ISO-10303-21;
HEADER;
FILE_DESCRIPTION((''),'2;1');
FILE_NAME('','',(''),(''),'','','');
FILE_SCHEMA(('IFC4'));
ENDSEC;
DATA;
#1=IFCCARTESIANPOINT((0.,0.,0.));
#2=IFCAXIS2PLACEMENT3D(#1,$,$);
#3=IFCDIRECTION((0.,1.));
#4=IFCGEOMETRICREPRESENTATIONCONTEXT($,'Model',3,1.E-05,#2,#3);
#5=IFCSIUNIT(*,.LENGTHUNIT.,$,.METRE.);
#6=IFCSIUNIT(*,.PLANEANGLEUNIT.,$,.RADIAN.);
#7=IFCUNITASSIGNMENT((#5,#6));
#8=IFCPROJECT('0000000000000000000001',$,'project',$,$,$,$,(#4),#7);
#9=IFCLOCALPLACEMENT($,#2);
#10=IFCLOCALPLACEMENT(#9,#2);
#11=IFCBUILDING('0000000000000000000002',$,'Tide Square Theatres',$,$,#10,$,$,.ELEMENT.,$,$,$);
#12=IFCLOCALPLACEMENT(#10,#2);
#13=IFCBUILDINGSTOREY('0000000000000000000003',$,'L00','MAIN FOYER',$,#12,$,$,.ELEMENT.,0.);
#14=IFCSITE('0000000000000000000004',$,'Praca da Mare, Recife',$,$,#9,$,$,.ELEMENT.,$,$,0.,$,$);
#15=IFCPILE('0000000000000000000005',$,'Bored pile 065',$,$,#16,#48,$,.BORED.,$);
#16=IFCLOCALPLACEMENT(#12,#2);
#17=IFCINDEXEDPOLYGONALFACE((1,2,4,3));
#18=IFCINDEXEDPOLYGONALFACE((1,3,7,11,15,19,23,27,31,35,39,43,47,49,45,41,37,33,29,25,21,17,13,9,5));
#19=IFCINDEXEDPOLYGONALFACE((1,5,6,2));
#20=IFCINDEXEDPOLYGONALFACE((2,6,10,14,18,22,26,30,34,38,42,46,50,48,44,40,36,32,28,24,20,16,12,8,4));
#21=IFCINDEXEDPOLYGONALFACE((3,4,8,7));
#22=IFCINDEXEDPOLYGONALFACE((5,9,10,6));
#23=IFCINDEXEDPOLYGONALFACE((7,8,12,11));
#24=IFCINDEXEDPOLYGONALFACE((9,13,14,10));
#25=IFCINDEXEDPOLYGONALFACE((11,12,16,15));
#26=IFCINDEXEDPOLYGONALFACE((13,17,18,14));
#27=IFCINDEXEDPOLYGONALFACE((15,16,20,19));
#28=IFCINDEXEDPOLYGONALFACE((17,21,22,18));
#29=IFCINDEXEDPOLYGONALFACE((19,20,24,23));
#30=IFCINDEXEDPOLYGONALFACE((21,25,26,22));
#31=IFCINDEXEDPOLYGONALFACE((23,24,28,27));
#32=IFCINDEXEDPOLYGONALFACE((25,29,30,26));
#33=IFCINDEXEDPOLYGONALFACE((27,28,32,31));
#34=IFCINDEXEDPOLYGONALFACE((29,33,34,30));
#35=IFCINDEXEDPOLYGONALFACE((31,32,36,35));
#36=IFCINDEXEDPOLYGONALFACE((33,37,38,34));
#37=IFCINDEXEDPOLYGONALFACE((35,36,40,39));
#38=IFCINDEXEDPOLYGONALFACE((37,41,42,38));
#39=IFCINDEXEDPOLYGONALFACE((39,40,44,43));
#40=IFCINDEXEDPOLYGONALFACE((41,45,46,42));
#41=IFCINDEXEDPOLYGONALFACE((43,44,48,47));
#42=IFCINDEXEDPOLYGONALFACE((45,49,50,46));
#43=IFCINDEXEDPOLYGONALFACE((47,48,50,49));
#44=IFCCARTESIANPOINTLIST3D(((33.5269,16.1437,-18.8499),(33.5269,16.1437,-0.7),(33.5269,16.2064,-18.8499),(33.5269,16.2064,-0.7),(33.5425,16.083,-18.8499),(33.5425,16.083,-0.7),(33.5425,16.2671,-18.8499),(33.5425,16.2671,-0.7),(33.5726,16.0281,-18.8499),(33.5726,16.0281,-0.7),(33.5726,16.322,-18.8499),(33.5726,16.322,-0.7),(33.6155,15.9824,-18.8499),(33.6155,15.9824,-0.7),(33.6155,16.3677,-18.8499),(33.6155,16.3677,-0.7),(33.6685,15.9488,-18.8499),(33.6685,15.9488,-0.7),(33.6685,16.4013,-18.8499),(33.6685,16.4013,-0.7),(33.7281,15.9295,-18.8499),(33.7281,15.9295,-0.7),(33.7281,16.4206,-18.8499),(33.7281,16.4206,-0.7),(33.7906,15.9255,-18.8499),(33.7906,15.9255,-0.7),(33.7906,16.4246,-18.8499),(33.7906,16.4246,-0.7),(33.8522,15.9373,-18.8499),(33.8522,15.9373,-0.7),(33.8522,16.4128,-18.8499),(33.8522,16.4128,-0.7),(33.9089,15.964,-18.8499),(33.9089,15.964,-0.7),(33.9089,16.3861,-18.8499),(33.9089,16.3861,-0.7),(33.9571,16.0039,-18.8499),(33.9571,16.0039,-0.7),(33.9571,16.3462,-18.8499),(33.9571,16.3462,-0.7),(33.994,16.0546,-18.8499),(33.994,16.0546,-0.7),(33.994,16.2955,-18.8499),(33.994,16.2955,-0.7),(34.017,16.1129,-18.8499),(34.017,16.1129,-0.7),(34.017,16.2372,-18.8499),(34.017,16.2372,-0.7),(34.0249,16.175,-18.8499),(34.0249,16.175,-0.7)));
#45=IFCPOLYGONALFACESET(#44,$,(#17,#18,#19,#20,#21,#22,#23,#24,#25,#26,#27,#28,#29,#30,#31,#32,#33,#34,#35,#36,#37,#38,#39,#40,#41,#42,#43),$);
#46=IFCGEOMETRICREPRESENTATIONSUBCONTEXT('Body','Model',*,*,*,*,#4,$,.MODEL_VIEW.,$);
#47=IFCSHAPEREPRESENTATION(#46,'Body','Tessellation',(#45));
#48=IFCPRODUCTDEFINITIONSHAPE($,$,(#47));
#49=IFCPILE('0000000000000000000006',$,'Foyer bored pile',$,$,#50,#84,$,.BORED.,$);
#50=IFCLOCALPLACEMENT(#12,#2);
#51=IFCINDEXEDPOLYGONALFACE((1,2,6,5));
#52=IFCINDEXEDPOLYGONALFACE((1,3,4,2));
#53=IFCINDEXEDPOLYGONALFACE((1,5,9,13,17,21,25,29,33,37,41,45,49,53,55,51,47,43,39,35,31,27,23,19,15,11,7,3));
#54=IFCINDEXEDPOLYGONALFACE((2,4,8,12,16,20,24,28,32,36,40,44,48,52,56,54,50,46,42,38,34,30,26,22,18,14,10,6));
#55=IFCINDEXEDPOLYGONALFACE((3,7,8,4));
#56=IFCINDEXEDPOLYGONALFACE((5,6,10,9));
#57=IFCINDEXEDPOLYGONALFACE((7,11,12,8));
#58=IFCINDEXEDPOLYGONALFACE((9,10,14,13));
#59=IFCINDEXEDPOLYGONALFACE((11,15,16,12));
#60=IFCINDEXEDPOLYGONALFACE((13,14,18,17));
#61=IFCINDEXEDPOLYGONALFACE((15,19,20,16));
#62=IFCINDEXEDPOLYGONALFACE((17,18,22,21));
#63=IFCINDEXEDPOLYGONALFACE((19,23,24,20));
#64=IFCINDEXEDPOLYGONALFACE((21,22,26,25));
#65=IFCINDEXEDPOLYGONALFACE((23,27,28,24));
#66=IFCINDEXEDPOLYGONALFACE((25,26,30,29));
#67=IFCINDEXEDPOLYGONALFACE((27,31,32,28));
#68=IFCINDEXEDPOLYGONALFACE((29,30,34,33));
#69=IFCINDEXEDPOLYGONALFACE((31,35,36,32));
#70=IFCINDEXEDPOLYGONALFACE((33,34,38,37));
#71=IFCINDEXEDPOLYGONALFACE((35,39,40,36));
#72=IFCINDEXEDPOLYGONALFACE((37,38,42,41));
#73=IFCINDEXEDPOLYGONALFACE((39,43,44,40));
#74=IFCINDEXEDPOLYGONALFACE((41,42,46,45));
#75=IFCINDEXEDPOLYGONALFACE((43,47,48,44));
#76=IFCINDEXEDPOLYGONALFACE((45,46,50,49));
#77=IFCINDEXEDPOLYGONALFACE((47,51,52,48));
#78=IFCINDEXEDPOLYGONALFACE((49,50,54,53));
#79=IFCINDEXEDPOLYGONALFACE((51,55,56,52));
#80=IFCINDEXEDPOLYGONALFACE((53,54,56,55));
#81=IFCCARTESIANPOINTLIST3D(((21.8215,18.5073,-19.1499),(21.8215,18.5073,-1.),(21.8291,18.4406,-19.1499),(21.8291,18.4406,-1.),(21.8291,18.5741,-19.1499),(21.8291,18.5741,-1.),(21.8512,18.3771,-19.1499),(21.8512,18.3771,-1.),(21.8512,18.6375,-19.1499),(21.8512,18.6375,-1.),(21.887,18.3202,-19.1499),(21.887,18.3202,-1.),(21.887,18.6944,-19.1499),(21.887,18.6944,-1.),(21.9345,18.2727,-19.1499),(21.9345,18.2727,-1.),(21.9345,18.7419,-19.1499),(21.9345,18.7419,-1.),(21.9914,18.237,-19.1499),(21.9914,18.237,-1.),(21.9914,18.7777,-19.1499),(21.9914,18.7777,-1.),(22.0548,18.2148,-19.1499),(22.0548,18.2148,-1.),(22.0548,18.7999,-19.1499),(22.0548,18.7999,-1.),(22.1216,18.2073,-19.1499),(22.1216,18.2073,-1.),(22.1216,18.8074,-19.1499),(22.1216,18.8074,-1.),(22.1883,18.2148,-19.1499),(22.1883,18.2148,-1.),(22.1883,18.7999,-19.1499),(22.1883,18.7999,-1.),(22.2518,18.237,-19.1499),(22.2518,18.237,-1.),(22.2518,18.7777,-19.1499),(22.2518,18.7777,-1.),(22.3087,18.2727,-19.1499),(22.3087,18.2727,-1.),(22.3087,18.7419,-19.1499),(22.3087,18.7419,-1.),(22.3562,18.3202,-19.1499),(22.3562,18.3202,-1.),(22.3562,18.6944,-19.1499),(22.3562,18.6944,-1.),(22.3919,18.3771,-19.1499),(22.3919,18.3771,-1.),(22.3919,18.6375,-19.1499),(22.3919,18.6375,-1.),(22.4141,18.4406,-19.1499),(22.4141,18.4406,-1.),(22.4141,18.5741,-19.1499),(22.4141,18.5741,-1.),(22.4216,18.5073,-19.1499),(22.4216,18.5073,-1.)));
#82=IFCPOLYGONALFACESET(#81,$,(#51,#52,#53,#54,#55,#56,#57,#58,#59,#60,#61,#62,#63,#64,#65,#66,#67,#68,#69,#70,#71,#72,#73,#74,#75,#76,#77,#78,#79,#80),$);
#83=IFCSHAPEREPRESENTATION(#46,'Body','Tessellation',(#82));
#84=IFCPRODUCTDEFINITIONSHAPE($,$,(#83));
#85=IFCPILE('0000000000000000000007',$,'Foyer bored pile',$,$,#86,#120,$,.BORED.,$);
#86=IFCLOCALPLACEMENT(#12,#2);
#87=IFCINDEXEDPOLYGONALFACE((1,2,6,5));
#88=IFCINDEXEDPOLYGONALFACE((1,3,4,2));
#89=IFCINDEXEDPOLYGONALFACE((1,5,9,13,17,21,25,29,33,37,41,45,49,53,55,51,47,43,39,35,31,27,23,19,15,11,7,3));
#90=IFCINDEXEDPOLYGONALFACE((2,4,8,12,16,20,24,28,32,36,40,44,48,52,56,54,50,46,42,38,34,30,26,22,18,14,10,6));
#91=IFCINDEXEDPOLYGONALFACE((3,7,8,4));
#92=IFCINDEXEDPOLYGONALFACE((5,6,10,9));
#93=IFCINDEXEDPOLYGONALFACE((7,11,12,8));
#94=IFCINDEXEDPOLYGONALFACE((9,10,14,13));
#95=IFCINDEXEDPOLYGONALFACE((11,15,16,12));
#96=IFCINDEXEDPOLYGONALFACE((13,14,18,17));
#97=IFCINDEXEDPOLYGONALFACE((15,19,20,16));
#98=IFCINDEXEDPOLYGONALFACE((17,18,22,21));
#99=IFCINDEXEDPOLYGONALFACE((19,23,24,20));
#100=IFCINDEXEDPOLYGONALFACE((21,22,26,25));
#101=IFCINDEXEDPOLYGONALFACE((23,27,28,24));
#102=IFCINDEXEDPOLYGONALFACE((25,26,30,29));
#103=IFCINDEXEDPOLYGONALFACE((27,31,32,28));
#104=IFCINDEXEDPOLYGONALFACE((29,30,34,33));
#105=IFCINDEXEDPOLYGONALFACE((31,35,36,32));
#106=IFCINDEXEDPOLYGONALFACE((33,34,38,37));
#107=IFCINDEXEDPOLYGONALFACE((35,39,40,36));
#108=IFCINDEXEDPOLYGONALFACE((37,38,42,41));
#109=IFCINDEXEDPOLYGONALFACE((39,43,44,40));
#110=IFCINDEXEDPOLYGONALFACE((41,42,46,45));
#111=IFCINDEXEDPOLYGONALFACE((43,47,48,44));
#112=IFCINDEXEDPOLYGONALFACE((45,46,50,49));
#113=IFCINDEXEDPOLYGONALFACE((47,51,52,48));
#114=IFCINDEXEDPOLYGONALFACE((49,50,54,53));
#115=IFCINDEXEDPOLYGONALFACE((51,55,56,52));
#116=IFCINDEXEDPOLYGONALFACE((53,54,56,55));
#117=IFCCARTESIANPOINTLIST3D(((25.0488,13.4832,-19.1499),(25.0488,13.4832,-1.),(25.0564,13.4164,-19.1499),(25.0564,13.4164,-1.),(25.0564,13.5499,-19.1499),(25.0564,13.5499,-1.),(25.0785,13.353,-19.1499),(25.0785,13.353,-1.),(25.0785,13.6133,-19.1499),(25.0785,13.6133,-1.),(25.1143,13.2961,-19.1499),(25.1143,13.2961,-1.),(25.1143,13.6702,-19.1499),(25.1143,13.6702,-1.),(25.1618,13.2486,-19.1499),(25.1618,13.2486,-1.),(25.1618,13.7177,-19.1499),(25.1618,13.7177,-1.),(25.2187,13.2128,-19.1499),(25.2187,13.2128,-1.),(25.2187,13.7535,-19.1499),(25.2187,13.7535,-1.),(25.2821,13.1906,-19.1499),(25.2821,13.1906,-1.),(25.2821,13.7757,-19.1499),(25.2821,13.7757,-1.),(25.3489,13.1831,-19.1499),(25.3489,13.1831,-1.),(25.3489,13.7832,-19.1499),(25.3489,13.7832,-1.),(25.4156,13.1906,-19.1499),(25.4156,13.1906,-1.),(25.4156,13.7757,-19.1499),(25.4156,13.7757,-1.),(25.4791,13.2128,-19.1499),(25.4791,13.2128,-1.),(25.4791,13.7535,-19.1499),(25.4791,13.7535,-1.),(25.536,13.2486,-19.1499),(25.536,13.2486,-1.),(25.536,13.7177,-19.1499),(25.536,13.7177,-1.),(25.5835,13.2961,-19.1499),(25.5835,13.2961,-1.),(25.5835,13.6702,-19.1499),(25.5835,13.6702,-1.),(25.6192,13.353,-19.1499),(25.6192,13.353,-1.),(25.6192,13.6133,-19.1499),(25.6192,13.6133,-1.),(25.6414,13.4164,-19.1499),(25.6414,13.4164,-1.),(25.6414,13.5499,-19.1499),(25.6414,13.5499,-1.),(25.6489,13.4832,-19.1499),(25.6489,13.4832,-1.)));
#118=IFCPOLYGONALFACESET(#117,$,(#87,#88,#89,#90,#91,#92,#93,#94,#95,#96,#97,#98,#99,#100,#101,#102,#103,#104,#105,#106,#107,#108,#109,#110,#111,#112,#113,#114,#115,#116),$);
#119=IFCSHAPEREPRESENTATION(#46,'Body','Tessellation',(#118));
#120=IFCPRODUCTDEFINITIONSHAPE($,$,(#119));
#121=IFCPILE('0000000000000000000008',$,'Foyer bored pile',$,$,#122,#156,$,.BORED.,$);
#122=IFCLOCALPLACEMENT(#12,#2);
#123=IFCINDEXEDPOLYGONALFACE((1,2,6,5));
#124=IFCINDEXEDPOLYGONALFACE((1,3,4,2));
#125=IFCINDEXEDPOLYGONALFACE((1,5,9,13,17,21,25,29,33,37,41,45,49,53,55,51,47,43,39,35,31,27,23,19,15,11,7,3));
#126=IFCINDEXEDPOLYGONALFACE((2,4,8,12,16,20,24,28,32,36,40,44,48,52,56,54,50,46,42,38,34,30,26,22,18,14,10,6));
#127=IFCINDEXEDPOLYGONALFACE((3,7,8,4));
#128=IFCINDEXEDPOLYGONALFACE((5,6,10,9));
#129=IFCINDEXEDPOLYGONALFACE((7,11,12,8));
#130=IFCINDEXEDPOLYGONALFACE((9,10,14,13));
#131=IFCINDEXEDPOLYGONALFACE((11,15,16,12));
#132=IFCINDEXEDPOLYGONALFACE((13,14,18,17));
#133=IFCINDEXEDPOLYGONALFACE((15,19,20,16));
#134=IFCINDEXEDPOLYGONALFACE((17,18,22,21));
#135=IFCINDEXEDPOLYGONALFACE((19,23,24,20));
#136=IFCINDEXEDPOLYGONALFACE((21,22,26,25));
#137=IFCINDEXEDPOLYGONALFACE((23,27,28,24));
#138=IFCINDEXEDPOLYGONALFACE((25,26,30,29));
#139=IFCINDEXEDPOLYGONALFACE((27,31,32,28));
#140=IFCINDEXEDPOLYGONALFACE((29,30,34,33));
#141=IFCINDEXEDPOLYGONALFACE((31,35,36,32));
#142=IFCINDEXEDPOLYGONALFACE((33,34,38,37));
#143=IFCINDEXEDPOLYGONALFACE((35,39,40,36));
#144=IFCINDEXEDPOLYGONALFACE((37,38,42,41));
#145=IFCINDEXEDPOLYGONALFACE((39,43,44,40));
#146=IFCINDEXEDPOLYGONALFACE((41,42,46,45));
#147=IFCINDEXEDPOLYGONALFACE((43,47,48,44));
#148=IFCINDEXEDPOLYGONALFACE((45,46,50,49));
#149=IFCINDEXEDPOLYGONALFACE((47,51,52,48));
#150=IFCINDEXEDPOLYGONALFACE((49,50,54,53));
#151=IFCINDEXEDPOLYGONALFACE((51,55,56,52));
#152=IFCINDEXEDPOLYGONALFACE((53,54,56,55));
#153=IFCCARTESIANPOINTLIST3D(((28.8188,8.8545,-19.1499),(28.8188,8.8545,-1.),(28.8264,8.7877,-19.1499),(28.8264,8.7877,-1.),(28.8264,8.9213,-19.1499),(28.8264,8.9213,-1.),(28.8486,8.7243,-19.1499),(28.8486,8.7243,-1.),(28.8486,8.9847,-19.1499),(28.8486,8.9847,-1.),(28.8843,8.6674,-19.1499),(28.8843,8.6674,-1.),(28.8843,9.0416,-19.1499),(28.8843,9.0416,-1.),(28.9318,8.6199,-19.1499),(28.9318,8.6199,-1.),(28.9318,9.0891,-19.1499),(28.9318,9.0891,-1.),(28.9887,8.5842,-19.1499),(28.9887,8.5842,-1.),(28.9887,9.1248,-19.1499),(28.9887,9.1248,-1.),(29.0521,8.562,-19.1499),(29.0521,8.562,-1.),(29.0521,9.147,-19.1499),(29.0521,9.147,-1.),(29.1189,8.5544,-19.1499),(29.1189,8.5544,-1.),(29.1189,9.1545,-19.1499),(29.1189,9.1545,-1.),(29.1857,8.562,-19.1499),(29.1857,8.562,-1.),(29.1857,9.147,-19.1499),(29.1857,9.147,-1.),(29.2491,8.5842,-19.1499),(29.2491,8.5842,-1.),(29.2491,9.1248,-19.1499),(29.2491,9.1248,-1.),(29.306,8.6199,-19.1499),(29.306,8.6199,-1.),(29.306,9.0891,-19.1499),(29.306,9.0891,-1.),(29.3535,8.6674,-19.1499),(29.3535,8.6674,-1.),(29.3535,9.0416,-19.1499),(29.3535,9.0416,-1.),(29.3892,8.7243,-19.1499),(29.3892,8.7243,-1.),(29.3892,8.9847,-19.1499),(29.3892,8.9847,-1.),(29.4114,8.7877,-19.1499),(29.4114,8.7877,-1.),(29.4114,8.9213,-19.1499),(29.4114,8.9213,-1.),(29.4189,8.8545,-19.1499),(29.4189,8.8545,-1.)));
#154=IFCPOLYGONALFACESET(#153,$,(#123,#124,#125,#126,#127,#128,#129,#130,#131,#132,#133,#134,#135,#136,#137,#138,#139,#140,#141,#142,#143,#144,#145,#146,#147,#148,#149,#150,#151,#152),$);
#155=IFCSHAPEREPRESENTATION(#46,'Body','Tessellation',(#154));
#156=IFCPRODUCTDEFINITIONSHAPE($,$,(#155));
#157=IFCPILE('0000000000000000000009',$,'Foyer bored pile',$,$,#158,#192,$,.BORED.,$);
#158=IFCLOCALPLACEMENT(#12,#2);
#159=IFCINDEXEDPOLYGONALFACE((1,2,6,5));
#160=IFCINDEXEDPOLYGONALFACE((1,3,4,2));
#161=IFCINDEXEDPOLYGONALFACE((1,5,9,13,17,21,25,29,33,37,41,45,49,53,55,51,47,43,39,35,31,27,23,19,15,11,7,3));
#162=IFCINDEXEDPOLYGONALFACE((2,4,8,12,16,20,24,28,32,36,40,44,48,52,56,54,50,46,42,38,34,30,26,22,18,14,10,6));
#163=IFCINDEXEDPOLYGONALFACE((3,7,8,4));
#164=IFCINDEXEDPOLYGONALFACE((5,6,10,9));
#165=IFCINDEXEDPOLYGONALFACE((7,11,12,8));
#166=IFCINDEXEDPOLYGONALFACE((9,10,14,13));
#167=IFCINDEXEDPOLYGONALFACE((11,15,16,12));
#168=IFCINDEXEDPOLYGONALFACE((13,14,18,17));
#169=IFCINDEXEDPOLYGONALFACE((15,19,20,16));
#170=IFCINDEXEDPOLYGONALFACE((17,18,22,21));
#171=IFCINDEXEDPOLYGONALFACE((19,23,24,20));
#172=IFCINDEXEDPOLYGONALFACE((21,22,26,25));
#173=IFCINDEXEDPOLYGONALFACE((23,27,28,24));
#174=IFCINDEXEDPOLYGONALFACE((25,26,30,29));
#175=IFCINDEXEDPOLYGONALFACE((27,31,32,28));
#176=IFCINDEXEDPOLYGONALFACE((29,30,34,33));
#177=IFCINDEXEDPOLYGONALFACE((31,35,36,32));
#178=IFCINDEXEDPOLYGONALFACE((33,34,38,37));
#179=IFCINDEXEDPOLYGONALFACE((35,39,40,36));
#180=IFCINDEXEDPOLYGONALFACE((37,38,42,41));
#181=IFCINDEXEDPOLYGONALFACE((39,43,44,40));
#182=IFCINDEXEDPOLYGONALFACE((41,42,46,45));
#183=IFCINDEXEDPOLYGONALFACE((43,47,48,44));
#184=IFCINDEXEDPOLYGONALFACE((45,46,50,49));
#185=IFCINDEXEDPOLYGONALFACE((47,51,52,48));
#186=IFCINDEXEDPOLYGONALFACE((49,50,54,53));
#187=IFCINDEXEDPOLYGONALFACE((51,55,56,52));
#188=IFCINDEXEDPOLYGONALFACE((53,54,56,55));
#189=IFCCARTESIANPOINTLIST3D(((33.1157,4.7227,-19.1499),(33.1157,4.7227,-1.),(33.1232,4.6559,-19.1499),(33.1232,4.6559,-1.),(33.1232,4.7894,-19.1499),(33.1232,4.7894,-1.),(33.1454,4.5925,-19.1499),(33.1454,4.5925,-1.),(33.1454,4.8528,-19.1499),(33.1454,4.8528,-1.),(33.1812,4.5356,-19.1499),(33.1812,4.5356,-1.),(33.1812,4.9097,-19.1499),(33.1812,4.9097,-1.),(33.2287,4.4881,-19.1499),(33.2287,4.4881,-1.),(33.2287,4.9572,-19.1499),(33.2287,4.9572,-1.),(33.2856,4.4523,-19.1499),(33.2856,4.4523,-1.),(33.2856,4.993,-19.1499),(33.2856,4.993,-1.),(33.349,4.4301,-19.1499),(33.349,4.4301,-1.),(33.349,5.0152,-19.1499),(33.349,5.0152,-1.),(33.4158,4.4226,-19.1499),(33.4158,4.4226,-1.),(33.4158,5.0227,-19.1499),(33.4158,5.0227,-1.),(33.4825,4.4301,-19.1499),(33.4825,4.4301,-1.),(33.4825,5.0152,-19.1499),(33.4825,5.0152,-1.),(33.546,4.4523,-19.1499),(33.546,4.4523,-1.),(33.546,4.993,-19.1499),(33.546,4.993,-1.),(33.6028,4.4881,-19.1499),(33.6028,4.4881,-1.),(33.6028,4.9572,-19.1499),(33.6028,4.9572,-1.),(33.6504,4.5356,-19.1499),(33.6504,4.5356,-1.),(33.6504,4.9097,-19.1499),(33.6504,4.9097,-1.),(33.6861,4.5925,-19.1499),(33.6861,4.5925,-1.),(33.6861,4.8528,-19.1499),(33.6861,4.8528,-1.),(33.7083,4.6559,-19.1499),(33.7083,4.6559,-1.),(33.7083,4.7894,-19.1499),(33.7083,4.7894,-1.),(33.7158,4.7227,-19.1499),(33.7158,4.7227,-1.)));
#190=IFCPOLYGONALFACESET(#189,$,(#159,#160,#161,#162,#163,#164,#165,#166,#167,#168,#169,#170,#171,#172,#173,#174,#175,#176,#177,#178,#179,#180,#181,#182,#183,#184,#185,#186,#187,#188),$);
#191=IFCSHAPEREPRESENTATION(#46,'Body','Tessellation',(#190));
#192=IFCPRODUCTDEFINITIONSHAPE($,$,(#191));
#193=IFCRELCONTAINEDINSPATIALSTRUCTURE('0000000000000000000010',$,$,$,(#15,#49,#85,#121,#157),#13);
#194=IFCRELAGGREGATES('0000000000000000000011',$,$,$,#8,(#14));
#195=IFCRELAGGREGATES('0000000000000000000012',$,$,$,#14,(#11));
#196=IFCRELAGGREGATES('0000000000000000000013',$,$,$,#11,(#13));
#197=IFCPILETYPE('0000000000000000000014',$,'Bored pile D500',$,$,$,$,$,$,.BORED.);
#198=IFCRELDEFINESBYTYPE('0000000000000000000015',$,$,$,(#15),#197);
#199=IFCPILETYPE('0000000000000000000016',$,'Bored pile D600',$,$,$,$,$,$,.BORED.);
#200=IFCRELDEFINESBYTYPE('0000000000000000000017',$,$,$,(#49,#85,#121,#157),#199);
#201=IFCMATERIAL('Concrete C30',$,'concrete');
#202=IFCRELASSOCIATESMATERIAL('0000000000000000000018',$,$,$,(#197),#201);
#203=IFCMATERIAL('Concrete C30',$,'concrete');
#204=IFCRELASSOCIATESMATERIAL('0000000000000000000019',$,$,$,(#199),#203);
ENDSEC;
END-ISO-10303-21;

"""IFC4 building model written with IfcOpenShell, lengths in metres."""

from ifc_helpers import new_model, si_unit, direction, frame, origin, origin_2d, place, context, subcontext, project, spatial, circle, extrude, material, material_profile, profile_set, type_object, element, save


model = new_model("IFC4")

# Units and contexts
model_context = context("Model", 3, precision=1e-05, world=origin(), true_north=direction((0.0, 1.0)))
body_context = subcontext(model_context, "Body", "Model", "MODEL_VIEW")
ifc_project = project(units=[si_unit("LENGTHUNIT", "METRE"), si_unit("PLANEANGLEUNIT", "RADIAN")], contexts=[model_context])

# Site, building, storey
site_placement = place(None, origin())
site = spatial("IfcSite", under=ifc_project, at=site_placement, Name="Praca da Mare, Recife", CompositionType="ELEMENT", RefElevation=0.0)
building_placement = place(site_placement, origin())
building = spatial("IfcBuilding", under=site, at=building_placement, Name="Tide Square Theatres", CompositionType="ELEMENT")
storey_placement = place(building_placement, origin())
storey = spatial("IfcBuildingStorey", under=building, at=storey_placement, Name="L00", Description="MAIN FOYER", CompositionType="ELEMENT", Elevation=0.0)

# Piles
ifc_material_1 = material(Name="Concrete C30", Category="concrete")
ifc_material_profile_1 = material_profile(ifc_material_1, circle(Radius=0.25, at=origin_2d()))
ifc_profile_set_1 = profile_set([ifc_material_profile_1], Name="Concrete C30")
pile_type_1 = type_object("IfcPileType", Name="Bored pile D500", PredefinedType="BORED", material=ifc_profile_set_1)
pile_placement = place(storey_placement, frame((33.7749, 16.175, -0.7), z_axis=(0.0, 0.0, -1.0), x_axis=(1.0, 0.0, 0.0)))
element("IfcPile", 1, at=pile_placement, inside=storey, type_object=pile_type_1, Name="Bored pile 065", PredefinedType="BORED", context=body_context, shape_type="SweptSolid", body=[
    extrude(circle(Radius=0.25, at=origin_2d()), origin(), (0.0, 0.0, 1.0), 18.1499),
])
ifc_material_2 = material(Name="Concrete C30", Category="concrete")
ifc_material_profile_2 = material_profile(ifc_material_2, circle(Radius=0.3, at=origin_2d()))
ifc_profile_set_2 = profile_set([ifc_material_profile_2], Name="Concrete C30")
pile_type_2 = type_object("IfcPileType", Name="Bored pile D600", PredefinedType="BORED", material=ifc_profile_set_2)
for number, where, z_axis, x_axis, name in (
    (2, (22.1216, 18.5073, -1.0), (0.0, 0.0, -1.0), (1.0, 0.0, 0.0), "Foyer bored pile"),
    (3, (25.3489, 13.4832, -1.0), (0.0, 0.0, -1.0), (1.0, 0.0, 0.0), "Foyer bored pile"),
    (4, (29.1189, 8.8545, -1.0), (0.0, 0.0, -1.0), (1.0, 0.0, 0.0), "Foyer bored pile"),
    (5, (33.4158, 4.7227, -1.0), (0.0, 0.0, -1.0), (1.0, 0.0, 0.0), "Foyer bored pile"),
):
    element("IfcPile", number, at=place(storey_placement, frame(where, z_axis=z_axis, x_axis=x_axis)), inside=storey, type_object=pile_type_2, Name=name, PredefinedType="BORED", context=body_context, shape_type="SweptSolid", body=[
        extrude(circle(Radius=0.3, at=origin_2d()), origin(), (0.0, 0.0, 1.0), 18.1499),
    ])

save(model, "model.ifc")
